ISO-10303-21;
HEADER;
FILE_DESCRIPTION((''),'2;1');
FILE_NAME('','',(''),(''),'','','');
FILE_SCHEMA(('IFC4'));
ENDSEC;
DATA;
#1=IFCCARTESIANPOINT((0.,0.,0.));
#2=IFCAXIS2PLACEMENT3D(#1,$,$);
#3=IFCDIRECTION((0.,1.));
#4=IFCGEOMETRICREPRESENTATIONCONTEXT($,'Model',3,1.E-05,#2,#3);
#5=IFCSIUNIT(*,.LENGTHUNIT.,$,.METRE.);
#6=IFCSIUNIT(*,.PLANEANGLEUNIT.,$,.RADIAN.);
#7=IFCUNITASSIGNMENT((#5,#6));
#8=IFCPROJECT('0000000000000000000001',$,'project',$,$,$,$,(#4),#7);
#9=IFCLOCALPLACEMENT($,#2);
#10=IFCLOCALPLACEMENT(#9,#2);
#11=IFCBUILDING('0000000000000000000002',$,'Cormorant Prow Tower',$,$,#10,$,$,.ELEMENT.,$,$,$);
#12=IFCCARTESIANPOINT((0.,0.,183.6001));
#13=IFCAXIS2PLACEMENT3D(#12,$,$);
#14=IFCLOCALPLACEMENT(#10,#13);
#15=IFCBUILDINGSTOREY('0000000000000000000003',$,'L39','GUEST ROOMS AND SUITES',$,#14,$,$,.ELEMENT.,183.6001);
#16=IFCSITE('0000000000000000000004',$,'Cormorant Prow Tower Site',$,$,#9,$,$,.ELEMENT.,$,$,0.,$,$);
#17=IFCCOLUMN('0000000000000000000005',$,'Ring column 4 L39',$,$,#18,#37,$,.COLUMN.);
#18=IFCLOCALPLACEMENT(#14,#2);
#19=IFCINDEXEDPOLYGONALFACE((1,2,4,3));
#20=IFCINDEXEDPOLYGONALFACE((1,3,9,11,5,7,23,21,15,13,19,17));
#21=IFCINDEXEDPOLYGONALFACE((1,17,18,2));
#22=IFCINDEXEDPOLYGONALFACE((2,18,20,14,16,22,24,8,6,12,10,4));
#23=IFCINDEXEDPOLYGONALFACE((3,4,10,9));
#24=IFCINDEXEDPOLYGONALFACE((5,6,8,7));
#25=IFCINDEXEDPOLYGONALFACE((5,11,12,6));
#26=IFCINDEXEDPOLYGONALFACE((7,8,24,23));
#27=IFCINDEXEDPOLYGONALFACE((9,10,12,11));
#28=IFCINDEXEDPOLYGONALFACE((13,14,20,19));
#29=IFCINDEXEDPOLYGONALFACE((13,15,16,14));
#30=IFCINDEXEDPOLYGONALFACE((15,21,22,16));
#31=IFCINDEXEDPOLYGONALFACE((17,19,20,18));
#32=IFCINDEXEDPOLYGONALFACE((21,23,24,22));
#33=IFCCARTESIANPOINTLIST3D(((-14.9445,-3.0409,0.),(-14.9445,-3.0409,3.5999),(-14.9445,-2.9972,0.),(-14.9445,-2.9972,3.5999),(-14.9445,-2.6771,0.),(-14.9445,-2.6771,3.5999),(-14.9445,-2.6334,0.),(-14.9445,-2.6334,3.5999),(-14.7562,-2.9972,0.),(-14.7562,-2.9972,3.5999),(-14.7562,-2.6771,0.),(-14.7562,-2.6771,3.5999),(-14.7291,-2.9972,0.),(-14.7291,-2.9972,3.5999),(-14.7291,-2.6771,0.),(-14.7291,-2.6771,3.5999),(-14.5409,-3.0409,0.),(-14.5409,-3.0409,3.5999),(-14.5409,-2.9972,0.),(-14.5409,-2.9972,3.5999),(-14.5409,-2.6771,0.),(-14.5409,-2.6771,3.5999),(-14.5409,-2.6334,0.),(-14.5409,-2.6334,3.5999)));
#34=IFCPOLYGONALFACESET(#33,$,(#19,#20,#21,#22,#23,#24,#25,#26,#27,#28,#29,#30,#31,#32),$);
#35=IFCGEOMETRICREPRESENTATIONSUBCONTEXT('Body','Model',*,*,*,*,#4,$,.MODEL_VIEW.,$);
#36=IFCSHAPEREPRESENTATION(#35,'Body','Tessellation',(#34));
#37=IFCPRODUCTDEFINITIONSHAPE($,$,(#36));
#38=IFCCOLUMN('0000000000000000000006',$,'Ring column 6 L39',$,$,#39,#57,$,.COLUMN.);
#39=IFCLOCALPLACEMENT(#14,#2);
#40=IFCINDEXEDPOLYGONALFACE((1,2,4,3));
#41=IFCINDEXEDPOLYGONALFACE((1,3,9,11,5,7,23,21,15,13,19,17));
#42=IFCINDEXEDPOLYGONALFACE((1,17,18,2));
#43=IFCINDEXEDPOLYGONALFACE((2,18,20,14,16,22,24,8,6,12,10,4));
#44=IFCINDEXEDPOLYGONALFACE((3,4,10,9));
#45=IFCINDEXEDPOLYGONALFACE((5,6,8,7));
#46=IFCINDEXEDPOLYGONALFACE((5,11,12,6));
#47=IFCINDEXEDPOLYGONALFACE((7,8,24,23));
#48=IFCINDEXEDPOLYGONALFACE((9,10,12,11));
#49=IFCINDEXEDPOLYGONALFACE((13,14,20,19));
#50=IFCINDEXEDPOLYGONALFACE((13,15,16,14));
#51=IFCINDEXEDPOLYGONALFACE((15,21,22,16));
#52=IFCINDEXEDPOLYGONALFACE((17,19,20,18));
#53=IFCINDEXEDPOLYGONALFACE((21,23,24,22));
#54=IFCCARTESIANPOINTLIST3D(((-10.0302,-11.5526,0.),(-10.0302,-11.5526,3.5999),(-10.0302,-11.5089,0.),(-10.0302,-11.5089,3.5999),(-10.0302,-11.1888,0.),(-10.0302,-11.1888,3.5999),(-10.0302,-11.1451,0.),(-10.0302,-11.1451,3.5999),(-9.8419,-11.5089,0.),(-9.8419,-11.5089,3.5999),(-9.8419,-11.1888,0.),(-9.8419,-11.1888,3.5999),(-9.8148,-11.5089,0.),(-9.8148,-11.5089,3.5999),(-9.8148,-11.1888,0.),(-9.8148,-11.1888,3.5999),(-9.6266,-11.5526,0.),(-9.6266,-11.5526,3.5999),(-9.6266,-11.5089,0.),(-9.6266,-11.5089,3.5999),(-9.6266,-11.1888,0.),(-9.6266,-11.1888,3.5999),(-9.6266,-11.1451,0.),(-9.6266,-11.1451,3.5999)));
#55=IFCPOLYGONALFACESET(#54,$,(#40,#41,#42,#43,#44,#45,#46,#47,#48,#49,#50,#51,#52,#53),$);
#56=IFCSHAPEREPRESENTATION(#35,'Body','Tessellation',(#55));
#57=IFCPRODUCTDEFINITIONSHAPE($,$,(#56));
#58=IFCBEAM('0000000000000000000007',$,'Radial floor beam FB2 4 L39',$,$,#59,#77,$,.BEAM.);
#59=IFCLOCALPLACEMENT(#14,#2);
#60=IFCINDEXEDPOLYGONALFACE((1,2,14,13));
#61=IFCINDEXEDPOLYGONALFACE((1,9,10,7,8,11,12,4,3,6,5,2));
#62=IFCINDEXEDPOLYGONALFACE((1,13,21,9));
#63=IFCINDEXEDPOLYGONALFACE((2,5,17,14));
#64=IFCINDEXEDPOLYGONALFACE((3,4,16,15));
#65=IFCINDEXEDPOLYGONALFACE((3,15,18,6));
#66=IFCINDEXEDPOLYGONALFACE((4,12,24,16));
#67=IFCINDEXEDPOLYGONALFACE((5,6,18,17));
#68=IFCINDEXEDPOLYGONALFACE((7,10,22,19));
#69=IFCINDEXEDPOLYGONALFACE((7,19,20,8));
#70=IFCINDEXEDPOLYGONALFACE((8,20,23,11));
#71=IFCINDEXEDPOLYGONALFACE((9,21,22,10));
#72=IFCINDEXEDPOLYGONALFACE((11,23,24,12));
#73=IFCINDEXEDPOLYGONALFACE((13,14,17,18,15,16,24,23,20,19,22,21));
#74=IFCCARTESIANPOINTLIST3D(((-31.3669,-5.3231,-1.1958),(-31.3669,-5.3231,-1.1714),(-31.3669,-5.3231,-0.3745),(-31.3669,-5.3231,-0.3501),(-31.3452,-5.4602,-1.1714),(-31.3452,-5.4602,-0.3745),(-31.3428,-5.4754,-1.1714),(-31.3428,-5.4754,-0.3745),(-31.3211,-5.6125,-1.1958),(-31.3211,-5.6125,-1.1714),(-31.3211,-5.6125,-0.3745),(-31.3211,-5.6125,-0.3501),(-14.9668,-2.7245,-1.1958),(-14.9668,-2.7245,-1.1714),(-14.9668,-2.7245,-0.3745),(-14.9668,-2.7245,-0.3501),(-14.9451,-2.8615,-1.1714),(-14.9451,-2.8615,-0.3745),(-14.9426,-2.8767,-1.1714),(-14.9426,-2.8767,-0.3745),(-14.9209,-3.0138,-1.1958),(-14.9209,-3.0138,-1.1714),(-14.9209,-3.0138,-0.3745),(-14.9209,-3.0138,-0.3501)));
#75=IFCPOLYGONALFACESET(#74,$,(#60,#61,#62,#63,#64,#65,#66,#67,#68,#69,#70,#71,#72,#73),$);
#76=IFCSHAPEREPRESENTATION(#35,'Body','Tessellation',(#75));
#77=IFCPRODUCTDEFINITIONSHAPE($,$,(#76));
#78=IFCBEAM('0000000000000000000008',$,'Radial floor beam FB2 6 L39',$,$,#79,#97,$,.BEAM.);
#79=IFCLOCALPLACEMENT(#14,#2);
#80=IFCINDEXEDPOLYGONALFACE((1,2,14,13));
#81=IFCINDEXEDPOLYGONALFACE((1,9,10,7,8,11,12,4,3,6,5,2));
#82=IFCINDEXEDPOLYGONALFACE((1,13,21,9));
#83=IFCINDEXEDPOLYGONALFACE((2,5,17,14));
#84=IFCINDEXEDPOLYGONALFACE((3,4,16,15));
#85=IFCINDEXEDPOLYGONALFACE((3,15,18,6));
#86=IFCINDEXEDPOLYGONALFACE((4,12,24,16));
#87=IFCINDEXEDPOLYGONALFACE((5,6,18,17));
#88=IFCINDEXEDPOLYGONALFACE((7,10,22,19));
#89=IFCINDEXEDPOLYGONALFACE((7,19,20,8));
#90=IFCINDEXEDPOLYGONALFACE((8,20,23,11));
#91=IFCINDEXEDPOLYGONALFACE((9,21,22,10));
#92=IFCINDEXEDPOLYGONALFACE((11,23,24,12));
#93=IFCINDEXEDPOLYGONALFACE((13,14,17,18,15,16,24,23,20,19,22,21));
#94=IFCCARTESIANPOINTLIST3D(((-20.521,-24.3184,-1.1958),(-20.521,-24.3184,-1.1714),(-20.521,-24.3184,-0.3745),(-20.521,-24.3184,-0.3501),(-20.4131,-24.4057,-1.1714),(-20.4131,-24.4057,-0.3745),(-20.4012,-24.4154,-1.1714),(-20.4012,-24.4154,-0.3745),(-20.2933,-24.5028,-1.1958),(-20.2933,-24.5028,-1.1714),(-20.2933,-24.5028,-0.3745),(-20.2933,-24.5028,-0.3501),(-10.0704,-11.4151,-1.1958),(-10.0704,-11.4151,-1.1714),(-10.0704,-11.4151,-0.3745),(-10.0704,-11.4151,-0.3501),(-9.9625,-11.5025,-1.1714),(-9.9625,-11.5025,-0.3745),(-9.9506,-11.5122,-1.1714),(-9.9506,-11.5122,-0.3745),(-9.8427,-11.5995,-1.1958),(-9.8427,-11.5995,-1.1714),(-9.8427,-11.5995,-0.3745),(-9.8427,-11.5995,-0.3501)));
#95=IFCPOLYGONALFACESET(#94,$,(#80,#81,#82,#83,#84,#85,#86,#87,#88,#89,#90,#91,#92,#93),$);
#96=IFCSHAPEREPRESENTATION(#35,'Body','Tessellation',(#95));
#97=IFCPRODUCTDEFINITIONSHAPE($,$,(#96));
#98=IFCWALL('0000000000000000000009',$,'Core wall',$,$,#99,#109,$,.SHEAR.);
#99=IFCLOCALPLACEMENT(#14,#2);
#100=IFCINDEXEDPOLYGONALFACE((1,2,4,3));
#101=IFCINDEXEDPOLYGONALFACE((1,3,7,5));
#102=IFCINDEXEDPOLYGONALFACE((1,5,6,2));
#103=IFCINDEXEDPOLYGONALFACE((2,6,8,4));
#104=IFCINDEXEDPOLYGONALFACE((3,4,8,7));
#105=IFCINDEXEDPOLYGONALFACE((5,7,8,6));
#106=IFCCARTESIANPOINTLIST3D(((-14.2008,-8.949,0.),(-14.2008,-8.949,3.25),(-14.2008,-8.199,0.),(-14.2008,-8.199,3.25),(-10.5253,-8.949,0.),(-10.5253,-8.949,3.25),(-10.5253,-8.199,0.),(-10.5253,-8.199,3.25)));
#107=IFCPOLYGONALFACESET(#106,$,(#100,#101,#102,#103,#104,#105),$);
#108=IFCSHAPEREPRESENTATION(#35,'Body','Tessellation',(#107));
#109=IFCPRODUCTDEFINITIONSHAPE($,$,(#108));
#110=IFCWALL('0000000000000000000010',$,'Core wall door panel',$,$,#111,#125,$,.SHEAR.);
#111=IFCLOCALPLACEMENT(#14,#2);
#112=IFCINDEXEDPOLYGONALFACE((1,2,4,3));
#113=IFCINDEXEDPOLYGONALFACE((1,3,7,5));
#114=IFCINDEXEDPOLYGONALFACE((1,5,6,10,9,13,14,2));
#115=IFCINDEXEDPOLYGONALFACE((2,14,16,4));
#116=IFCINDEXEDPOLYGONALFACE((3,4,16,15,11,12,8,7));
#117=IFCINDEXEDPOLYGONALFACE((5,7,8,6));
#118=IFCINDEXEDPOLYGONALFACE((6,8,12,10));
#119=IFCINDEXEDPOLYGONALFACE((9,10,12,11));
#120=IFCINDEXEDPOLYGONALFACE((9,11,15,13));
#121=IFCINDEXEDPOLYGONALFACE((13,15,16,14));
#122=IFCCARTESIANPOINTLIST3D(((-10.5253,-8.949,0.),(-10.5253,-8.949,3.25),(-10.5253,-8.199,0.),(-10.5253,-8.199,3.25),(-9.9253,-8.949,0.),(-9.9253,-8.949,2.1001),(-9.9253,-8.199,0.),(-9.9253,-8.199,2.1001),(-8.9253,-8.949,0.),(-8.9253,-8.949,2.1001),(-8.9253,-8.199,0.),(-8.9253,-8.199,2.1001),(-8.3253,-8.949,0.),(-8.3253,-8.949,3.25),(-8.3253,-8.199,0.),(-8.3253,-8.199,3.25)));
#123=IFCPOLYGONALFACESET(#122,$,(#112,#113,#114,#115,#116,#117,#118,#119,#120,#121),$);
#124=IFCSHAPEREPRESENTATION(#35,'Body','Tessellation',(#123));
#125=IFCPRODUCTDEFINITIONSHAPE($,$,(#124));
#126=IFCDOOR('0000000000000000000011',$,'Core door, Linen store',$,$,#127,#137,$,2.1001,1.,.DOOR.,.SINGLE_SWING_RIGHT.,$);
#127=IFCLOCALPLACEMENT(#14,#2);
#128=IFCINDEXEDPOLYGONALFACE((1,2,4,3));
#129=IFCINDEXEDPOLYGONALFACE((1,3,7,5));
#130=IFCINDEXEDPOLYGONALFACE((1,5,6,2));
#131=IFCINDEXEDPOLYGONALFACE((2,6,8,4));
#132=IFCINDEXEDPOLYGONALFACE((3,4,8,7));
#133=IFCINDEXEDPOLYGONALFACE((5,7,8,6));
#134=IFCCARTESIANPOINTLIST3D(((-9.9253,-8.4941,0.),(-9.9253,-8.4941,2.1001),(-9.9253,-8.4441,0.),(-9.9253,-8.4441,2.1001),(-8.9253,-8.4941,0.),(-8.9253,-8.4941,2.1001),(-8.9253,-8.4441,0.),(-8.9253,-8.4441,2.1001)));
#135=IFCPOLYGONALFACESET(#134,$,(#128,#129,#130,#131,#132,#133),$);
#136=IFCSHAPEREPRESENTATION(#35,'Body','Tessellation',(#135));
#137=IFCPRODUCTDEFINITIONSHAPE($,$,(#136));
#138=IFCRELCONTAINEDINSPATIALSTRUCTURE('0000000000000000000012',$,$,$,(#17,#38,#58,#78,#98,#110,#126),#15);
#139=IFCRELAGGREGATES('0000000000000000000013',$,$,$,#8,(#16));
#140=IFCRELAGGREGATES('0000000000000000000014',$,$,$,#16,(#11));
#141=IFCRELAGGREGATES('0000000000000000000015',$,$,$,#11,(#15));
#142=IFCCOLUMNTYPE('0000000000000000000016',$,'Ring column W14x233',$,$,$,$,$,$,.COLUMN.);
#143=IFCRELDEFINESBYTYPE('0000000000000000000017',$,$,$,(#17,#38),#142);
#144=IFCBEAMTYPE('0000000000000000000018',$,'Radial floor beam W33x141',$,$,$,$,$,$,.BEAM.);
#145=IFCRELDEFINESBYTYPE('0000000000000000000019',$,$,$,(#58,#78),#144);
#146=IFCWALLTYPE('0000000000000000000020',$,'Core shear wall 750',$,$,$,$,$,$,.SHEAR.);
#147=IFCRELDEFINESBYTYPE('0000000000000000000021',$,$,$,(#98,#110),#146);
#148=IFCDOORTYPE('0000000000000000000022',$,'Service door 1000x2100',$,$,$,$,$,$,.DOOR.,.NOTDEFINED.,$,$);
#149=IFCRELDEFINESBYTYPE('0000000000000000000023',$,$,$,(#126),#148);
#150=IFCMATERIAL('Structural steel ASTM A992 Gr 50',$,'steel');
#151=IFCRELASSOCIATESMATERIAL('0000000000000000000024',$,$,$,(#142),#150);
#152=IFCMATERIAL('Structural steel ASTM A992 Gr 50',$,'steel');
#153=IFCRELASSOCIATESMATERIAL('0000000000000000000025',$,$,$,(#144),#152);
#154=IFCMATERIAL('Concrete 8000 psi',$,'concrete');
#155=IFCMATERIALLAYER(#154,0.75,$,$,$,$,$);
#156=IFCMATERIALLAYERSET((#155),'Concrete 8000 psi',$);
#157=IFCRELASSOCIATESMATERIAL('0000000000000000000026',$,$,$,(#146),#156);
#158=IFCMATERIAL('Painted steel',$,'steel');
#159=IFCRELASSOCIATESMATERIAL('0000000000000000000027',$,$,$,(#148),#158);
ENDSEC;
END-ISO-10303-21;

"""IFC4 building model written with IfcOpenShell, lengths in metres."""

from ifc_helpers import new_model, si_unit, direction, frame, frame_2d, origin, origin_2d, place, context, subcontext, project, spatial, rectangle, i_section, extrude, material, layer, layer_set, material_profile, profile_set, type_object, element, fill, save


model = new_model("IFC4")

# Units and contexts
model_context = context("Model", 3, precision=1e-05, world=origin(), true_north=direction((0.0, 1.0)))
body_context = subcontext(model_context, "Body", "Model", "MODEL_VIEW")
ifc_project = project(units=[si_unit("LENGTHUNIT", "METRE"), si_unit("PLANEANGLEUNIT", "RADIAN")], contexts=[model_context])

# Site, building, storey
site_placement = place(None, origin())
site = spatial("IfcSite", under=ifc_project, at=site_placement, Name="Cormorant Prow Tower Site", CompositionType="ELEMENT", RefElevation=0.0)
building_placement = place(site_placement, origin())
building = spatial("IfcBuilding", under=site, at=building_placement, Name="Cormorant Prow Tower", CompositionType="ELEMENT")
storey_placement = place(building_placement, frame((0.0, 0.0, 183.6001)))
storey = spatial("IfcBuildingStorey", under=building, at=storey_placement, Name="L39", Description="GUEST ROOMS AND SUITES", CompositionType="ELEMENT", Elevation=183.6001)

# Columns
ifc_material_1 = material(Name="Structural steel ASTM A992 Gr 50", Category="steel")
ifc_material_profile_1 = material_profile(ifc_material_1, i_section(OverallWidth=0.4036, OverallDepth=0.4075, WebThickness=0.0271, FlangeThickness=0.0437, at=origin_2d()), Name="W14x233")
ifc_profile_set_1 = profile_set([ifc_material_profile_1], Name="Structural steel ASTM A992 Gr 50")
column_type = type_object("IfcColumnType", Name="Ring column W14x233", PredefinedType="COLUMN", material=ifc_profile_set_1)
for number, where, z_axis, x_axis, name in (
    (1, (-14.7427, -2.8372, 0.0), (0.0, 0.0, 1.0), (1.0, 0.0, 0.0), "Ring column 4 L39"),
    (2, (-9.8284, -11.3489, 0.0), (0.0, 0.0, 1.0), (1.0, 0.0, 0.0), "Ring column 6 L39"),
):
    element("IfcColumn", number, at=place(storey_placement, frame(where, z_axis=z_axis, x_axis=x_axis)), inside=storey, type_object=column_type, Name=name, PredefinedType="COLUMN", context=body_context, shape_type="SweptSolid", body=[
        extrude(i_section(OverallWidth=0.4036, OverallDepth=0.4075, WebThickness=0.0271, FlangeThickness=0.0437, at=origin_2d()), origin(), (0.0, 0.0, 1.0), 3.5999),
    ])

# Beams
ifc_material_2 = material(Name="Structural steel ASTM A992 Gr 50", Category="steel")
ifc_material_profile_2 = material_profile(ifc_material_2, i_section(OverallWidth=0.293, OverallDepth=0.8457, WebThickness=0.0154, FlangeThickness=0.0244, at=origin_2d()), Name="W33x141")
ifc_profile_set_2 = profile_set([ifc_material_profile_2], Name="Structural steel ASTM A992 Gr 50")
beam_type = type_object("IfcBeamType", Name="Radial floor beam W33x141", PredefinedType="BEAM", material=ifc_profile_set_2)
beam_1_placement = place(storey_placement, frame((-14.9438, -2.8691, -0.7729), z_axis=(-0.987678, -0.156499, 0.0), x_axis=(0.156499, -0.987678, 0.0)))
element("IfcBeam", 3, at=beam_1_placement, inside=storey, type_object=beam_type, Name="Radial floor beam FB2 4 L39", PredefinedType="BEAM", context=body_context, shape_type="SweptSolid", body=[
    extrude(i_section(OverallWidth=0.293, OverallDepth=0.8457, WebThickness=0.0154, FlangeThickness=0.0244, at=origin_2d()), origin(), (0.0, 0.0, 1.0), 16.6047),
])
beam_2_placement = place(storey_placement, frame((-9.9565, -11.5073, -0.7729), z_axis=(-0.629385, -0.777094, 0.0), x_axis=(0.777094, -0.629385, 0.0)))
element("IfcBeam", 4, at=beam_2_placement, inside=storey, type_object=beam_type, Name="Radial floor beam FB2 6 L39", PredefinedType="BEAM", context=body_context, shape_type="SweptSolid", body=[
    extrude(i_section(OverallWidth=0.293, OverallDepth=0.8457, WebThickness=0.0154, FlangeThickness=0.0244, at=origin_2d()), origin(), (0.0, 0.0, 1.0), 16.6045),
])

# Wall
ifc_material_3 = material(Name="Concrete 8000 psi", Category="concrete")
ifc_layer_1 = layer(ifc_material_3, 0.75)
ifc_layer_set_1 = layer_set([ifc_layer_1], Name="Concrete 8000 psi")
wall_type_1 = type_object("IfcWallType", Name="Core shear wall 750", PredefinedType="SHEAR", material=ifc_layer_set_1)
wall_1_placement = place(storey_placement, frame((-14.2009, -8.574, 0.0), z_axis=(0.0, 0.0, 1.0), x_axis=(1.0, 0.0, 0.0)))
element("IfcWall", 5, at=wall_1_placement, inside=storey, type_object=wall_type_1, Name="Core wall", PredefinedType="SHEAR", context=body_context, shape_type="SweptSolid", body=[
    extrude(rectangle(XDim=3.6755, YDim=0.75, at=frame_2d((1.8379, 0.0))), origin(), (0.0, 0.0, 1.0), 3.25),
])

# Wall, opening, door
wall_2_placement = place(storey_placement, frame((-10.5254, -8.574, 0.0), z_axis=(0.0, 0.0, 1.0), x_axis=(1.0, 0.0, 0.0)))
wall_2 = element("IfcWall", 6, at=wall_2_placement, inside=storey, type_object=wall_type_1, Name="Core wall door panel", PredefinedType="SHEAR", context=body_context, shape_type="SweptSolid", body=[
    extrude(rectangle(XDim=2.2, YDim=0.75, at=frame_2d((1.1001, 0.0))), origin(), (0.0, 0.0, 1.0), 3.25),
])
opening_1_placement = place(wall_2_placement, frame((0.6001, 0.0, 0.0)))
opening_1 = element("IfcOpeningElement", 7, at=opening_1_placement, cuts=wall_2, PredefinedType="OPENING", context=body_context, shape_type="SweptSolid", body=[
    extrude(rectangle(XDim=1.0, YDim=2.1001, at=frame_2d((0.5, 1.05))), frame((0.0, 0.385, 0.0), z_axis=(0.0, -1.0, 0.0), x_axis=(1.0, 0.0, 0.0)), (0.0, 0.0, 1.0), 0.77),
])
ifc_material_4 = material(Name="Painted steel", Category="steel")
door_type_1 = type_object("IfcDoorType", Name="Service door 1000x2100", OperationType="NOTDEFINED", PredefinedType="DOOR", material=ifc_material_4)
door_1_placement = place(opening_1_placement, origin())
door_1 = element("IfcDoor", 8, at=door_1_placement, inside=storey, type_object=door_type_1, Name="Core door, Linen store", OperationType="SINGLE_SWING_RIGHT", OverallHeight=2.1001, OverallWidth=1.0, PredefinedType="DOOR", context=body_context, shape_type="SweptSolid", body=[
    extrude(rectangle(XDim=1.0, YDim=2.1001, at=frame_2d((0.5, 1.05))), frame((0.0, 0.1299, 0.0), z_axis=(0.0, -1.0, 0.0), x_axis=(1.0, 0.0, 0.0)), (0.0, 0.0, 1.0), 0.05),
])
fill(opening_1, door_1)

save(model, "model.ifc")
